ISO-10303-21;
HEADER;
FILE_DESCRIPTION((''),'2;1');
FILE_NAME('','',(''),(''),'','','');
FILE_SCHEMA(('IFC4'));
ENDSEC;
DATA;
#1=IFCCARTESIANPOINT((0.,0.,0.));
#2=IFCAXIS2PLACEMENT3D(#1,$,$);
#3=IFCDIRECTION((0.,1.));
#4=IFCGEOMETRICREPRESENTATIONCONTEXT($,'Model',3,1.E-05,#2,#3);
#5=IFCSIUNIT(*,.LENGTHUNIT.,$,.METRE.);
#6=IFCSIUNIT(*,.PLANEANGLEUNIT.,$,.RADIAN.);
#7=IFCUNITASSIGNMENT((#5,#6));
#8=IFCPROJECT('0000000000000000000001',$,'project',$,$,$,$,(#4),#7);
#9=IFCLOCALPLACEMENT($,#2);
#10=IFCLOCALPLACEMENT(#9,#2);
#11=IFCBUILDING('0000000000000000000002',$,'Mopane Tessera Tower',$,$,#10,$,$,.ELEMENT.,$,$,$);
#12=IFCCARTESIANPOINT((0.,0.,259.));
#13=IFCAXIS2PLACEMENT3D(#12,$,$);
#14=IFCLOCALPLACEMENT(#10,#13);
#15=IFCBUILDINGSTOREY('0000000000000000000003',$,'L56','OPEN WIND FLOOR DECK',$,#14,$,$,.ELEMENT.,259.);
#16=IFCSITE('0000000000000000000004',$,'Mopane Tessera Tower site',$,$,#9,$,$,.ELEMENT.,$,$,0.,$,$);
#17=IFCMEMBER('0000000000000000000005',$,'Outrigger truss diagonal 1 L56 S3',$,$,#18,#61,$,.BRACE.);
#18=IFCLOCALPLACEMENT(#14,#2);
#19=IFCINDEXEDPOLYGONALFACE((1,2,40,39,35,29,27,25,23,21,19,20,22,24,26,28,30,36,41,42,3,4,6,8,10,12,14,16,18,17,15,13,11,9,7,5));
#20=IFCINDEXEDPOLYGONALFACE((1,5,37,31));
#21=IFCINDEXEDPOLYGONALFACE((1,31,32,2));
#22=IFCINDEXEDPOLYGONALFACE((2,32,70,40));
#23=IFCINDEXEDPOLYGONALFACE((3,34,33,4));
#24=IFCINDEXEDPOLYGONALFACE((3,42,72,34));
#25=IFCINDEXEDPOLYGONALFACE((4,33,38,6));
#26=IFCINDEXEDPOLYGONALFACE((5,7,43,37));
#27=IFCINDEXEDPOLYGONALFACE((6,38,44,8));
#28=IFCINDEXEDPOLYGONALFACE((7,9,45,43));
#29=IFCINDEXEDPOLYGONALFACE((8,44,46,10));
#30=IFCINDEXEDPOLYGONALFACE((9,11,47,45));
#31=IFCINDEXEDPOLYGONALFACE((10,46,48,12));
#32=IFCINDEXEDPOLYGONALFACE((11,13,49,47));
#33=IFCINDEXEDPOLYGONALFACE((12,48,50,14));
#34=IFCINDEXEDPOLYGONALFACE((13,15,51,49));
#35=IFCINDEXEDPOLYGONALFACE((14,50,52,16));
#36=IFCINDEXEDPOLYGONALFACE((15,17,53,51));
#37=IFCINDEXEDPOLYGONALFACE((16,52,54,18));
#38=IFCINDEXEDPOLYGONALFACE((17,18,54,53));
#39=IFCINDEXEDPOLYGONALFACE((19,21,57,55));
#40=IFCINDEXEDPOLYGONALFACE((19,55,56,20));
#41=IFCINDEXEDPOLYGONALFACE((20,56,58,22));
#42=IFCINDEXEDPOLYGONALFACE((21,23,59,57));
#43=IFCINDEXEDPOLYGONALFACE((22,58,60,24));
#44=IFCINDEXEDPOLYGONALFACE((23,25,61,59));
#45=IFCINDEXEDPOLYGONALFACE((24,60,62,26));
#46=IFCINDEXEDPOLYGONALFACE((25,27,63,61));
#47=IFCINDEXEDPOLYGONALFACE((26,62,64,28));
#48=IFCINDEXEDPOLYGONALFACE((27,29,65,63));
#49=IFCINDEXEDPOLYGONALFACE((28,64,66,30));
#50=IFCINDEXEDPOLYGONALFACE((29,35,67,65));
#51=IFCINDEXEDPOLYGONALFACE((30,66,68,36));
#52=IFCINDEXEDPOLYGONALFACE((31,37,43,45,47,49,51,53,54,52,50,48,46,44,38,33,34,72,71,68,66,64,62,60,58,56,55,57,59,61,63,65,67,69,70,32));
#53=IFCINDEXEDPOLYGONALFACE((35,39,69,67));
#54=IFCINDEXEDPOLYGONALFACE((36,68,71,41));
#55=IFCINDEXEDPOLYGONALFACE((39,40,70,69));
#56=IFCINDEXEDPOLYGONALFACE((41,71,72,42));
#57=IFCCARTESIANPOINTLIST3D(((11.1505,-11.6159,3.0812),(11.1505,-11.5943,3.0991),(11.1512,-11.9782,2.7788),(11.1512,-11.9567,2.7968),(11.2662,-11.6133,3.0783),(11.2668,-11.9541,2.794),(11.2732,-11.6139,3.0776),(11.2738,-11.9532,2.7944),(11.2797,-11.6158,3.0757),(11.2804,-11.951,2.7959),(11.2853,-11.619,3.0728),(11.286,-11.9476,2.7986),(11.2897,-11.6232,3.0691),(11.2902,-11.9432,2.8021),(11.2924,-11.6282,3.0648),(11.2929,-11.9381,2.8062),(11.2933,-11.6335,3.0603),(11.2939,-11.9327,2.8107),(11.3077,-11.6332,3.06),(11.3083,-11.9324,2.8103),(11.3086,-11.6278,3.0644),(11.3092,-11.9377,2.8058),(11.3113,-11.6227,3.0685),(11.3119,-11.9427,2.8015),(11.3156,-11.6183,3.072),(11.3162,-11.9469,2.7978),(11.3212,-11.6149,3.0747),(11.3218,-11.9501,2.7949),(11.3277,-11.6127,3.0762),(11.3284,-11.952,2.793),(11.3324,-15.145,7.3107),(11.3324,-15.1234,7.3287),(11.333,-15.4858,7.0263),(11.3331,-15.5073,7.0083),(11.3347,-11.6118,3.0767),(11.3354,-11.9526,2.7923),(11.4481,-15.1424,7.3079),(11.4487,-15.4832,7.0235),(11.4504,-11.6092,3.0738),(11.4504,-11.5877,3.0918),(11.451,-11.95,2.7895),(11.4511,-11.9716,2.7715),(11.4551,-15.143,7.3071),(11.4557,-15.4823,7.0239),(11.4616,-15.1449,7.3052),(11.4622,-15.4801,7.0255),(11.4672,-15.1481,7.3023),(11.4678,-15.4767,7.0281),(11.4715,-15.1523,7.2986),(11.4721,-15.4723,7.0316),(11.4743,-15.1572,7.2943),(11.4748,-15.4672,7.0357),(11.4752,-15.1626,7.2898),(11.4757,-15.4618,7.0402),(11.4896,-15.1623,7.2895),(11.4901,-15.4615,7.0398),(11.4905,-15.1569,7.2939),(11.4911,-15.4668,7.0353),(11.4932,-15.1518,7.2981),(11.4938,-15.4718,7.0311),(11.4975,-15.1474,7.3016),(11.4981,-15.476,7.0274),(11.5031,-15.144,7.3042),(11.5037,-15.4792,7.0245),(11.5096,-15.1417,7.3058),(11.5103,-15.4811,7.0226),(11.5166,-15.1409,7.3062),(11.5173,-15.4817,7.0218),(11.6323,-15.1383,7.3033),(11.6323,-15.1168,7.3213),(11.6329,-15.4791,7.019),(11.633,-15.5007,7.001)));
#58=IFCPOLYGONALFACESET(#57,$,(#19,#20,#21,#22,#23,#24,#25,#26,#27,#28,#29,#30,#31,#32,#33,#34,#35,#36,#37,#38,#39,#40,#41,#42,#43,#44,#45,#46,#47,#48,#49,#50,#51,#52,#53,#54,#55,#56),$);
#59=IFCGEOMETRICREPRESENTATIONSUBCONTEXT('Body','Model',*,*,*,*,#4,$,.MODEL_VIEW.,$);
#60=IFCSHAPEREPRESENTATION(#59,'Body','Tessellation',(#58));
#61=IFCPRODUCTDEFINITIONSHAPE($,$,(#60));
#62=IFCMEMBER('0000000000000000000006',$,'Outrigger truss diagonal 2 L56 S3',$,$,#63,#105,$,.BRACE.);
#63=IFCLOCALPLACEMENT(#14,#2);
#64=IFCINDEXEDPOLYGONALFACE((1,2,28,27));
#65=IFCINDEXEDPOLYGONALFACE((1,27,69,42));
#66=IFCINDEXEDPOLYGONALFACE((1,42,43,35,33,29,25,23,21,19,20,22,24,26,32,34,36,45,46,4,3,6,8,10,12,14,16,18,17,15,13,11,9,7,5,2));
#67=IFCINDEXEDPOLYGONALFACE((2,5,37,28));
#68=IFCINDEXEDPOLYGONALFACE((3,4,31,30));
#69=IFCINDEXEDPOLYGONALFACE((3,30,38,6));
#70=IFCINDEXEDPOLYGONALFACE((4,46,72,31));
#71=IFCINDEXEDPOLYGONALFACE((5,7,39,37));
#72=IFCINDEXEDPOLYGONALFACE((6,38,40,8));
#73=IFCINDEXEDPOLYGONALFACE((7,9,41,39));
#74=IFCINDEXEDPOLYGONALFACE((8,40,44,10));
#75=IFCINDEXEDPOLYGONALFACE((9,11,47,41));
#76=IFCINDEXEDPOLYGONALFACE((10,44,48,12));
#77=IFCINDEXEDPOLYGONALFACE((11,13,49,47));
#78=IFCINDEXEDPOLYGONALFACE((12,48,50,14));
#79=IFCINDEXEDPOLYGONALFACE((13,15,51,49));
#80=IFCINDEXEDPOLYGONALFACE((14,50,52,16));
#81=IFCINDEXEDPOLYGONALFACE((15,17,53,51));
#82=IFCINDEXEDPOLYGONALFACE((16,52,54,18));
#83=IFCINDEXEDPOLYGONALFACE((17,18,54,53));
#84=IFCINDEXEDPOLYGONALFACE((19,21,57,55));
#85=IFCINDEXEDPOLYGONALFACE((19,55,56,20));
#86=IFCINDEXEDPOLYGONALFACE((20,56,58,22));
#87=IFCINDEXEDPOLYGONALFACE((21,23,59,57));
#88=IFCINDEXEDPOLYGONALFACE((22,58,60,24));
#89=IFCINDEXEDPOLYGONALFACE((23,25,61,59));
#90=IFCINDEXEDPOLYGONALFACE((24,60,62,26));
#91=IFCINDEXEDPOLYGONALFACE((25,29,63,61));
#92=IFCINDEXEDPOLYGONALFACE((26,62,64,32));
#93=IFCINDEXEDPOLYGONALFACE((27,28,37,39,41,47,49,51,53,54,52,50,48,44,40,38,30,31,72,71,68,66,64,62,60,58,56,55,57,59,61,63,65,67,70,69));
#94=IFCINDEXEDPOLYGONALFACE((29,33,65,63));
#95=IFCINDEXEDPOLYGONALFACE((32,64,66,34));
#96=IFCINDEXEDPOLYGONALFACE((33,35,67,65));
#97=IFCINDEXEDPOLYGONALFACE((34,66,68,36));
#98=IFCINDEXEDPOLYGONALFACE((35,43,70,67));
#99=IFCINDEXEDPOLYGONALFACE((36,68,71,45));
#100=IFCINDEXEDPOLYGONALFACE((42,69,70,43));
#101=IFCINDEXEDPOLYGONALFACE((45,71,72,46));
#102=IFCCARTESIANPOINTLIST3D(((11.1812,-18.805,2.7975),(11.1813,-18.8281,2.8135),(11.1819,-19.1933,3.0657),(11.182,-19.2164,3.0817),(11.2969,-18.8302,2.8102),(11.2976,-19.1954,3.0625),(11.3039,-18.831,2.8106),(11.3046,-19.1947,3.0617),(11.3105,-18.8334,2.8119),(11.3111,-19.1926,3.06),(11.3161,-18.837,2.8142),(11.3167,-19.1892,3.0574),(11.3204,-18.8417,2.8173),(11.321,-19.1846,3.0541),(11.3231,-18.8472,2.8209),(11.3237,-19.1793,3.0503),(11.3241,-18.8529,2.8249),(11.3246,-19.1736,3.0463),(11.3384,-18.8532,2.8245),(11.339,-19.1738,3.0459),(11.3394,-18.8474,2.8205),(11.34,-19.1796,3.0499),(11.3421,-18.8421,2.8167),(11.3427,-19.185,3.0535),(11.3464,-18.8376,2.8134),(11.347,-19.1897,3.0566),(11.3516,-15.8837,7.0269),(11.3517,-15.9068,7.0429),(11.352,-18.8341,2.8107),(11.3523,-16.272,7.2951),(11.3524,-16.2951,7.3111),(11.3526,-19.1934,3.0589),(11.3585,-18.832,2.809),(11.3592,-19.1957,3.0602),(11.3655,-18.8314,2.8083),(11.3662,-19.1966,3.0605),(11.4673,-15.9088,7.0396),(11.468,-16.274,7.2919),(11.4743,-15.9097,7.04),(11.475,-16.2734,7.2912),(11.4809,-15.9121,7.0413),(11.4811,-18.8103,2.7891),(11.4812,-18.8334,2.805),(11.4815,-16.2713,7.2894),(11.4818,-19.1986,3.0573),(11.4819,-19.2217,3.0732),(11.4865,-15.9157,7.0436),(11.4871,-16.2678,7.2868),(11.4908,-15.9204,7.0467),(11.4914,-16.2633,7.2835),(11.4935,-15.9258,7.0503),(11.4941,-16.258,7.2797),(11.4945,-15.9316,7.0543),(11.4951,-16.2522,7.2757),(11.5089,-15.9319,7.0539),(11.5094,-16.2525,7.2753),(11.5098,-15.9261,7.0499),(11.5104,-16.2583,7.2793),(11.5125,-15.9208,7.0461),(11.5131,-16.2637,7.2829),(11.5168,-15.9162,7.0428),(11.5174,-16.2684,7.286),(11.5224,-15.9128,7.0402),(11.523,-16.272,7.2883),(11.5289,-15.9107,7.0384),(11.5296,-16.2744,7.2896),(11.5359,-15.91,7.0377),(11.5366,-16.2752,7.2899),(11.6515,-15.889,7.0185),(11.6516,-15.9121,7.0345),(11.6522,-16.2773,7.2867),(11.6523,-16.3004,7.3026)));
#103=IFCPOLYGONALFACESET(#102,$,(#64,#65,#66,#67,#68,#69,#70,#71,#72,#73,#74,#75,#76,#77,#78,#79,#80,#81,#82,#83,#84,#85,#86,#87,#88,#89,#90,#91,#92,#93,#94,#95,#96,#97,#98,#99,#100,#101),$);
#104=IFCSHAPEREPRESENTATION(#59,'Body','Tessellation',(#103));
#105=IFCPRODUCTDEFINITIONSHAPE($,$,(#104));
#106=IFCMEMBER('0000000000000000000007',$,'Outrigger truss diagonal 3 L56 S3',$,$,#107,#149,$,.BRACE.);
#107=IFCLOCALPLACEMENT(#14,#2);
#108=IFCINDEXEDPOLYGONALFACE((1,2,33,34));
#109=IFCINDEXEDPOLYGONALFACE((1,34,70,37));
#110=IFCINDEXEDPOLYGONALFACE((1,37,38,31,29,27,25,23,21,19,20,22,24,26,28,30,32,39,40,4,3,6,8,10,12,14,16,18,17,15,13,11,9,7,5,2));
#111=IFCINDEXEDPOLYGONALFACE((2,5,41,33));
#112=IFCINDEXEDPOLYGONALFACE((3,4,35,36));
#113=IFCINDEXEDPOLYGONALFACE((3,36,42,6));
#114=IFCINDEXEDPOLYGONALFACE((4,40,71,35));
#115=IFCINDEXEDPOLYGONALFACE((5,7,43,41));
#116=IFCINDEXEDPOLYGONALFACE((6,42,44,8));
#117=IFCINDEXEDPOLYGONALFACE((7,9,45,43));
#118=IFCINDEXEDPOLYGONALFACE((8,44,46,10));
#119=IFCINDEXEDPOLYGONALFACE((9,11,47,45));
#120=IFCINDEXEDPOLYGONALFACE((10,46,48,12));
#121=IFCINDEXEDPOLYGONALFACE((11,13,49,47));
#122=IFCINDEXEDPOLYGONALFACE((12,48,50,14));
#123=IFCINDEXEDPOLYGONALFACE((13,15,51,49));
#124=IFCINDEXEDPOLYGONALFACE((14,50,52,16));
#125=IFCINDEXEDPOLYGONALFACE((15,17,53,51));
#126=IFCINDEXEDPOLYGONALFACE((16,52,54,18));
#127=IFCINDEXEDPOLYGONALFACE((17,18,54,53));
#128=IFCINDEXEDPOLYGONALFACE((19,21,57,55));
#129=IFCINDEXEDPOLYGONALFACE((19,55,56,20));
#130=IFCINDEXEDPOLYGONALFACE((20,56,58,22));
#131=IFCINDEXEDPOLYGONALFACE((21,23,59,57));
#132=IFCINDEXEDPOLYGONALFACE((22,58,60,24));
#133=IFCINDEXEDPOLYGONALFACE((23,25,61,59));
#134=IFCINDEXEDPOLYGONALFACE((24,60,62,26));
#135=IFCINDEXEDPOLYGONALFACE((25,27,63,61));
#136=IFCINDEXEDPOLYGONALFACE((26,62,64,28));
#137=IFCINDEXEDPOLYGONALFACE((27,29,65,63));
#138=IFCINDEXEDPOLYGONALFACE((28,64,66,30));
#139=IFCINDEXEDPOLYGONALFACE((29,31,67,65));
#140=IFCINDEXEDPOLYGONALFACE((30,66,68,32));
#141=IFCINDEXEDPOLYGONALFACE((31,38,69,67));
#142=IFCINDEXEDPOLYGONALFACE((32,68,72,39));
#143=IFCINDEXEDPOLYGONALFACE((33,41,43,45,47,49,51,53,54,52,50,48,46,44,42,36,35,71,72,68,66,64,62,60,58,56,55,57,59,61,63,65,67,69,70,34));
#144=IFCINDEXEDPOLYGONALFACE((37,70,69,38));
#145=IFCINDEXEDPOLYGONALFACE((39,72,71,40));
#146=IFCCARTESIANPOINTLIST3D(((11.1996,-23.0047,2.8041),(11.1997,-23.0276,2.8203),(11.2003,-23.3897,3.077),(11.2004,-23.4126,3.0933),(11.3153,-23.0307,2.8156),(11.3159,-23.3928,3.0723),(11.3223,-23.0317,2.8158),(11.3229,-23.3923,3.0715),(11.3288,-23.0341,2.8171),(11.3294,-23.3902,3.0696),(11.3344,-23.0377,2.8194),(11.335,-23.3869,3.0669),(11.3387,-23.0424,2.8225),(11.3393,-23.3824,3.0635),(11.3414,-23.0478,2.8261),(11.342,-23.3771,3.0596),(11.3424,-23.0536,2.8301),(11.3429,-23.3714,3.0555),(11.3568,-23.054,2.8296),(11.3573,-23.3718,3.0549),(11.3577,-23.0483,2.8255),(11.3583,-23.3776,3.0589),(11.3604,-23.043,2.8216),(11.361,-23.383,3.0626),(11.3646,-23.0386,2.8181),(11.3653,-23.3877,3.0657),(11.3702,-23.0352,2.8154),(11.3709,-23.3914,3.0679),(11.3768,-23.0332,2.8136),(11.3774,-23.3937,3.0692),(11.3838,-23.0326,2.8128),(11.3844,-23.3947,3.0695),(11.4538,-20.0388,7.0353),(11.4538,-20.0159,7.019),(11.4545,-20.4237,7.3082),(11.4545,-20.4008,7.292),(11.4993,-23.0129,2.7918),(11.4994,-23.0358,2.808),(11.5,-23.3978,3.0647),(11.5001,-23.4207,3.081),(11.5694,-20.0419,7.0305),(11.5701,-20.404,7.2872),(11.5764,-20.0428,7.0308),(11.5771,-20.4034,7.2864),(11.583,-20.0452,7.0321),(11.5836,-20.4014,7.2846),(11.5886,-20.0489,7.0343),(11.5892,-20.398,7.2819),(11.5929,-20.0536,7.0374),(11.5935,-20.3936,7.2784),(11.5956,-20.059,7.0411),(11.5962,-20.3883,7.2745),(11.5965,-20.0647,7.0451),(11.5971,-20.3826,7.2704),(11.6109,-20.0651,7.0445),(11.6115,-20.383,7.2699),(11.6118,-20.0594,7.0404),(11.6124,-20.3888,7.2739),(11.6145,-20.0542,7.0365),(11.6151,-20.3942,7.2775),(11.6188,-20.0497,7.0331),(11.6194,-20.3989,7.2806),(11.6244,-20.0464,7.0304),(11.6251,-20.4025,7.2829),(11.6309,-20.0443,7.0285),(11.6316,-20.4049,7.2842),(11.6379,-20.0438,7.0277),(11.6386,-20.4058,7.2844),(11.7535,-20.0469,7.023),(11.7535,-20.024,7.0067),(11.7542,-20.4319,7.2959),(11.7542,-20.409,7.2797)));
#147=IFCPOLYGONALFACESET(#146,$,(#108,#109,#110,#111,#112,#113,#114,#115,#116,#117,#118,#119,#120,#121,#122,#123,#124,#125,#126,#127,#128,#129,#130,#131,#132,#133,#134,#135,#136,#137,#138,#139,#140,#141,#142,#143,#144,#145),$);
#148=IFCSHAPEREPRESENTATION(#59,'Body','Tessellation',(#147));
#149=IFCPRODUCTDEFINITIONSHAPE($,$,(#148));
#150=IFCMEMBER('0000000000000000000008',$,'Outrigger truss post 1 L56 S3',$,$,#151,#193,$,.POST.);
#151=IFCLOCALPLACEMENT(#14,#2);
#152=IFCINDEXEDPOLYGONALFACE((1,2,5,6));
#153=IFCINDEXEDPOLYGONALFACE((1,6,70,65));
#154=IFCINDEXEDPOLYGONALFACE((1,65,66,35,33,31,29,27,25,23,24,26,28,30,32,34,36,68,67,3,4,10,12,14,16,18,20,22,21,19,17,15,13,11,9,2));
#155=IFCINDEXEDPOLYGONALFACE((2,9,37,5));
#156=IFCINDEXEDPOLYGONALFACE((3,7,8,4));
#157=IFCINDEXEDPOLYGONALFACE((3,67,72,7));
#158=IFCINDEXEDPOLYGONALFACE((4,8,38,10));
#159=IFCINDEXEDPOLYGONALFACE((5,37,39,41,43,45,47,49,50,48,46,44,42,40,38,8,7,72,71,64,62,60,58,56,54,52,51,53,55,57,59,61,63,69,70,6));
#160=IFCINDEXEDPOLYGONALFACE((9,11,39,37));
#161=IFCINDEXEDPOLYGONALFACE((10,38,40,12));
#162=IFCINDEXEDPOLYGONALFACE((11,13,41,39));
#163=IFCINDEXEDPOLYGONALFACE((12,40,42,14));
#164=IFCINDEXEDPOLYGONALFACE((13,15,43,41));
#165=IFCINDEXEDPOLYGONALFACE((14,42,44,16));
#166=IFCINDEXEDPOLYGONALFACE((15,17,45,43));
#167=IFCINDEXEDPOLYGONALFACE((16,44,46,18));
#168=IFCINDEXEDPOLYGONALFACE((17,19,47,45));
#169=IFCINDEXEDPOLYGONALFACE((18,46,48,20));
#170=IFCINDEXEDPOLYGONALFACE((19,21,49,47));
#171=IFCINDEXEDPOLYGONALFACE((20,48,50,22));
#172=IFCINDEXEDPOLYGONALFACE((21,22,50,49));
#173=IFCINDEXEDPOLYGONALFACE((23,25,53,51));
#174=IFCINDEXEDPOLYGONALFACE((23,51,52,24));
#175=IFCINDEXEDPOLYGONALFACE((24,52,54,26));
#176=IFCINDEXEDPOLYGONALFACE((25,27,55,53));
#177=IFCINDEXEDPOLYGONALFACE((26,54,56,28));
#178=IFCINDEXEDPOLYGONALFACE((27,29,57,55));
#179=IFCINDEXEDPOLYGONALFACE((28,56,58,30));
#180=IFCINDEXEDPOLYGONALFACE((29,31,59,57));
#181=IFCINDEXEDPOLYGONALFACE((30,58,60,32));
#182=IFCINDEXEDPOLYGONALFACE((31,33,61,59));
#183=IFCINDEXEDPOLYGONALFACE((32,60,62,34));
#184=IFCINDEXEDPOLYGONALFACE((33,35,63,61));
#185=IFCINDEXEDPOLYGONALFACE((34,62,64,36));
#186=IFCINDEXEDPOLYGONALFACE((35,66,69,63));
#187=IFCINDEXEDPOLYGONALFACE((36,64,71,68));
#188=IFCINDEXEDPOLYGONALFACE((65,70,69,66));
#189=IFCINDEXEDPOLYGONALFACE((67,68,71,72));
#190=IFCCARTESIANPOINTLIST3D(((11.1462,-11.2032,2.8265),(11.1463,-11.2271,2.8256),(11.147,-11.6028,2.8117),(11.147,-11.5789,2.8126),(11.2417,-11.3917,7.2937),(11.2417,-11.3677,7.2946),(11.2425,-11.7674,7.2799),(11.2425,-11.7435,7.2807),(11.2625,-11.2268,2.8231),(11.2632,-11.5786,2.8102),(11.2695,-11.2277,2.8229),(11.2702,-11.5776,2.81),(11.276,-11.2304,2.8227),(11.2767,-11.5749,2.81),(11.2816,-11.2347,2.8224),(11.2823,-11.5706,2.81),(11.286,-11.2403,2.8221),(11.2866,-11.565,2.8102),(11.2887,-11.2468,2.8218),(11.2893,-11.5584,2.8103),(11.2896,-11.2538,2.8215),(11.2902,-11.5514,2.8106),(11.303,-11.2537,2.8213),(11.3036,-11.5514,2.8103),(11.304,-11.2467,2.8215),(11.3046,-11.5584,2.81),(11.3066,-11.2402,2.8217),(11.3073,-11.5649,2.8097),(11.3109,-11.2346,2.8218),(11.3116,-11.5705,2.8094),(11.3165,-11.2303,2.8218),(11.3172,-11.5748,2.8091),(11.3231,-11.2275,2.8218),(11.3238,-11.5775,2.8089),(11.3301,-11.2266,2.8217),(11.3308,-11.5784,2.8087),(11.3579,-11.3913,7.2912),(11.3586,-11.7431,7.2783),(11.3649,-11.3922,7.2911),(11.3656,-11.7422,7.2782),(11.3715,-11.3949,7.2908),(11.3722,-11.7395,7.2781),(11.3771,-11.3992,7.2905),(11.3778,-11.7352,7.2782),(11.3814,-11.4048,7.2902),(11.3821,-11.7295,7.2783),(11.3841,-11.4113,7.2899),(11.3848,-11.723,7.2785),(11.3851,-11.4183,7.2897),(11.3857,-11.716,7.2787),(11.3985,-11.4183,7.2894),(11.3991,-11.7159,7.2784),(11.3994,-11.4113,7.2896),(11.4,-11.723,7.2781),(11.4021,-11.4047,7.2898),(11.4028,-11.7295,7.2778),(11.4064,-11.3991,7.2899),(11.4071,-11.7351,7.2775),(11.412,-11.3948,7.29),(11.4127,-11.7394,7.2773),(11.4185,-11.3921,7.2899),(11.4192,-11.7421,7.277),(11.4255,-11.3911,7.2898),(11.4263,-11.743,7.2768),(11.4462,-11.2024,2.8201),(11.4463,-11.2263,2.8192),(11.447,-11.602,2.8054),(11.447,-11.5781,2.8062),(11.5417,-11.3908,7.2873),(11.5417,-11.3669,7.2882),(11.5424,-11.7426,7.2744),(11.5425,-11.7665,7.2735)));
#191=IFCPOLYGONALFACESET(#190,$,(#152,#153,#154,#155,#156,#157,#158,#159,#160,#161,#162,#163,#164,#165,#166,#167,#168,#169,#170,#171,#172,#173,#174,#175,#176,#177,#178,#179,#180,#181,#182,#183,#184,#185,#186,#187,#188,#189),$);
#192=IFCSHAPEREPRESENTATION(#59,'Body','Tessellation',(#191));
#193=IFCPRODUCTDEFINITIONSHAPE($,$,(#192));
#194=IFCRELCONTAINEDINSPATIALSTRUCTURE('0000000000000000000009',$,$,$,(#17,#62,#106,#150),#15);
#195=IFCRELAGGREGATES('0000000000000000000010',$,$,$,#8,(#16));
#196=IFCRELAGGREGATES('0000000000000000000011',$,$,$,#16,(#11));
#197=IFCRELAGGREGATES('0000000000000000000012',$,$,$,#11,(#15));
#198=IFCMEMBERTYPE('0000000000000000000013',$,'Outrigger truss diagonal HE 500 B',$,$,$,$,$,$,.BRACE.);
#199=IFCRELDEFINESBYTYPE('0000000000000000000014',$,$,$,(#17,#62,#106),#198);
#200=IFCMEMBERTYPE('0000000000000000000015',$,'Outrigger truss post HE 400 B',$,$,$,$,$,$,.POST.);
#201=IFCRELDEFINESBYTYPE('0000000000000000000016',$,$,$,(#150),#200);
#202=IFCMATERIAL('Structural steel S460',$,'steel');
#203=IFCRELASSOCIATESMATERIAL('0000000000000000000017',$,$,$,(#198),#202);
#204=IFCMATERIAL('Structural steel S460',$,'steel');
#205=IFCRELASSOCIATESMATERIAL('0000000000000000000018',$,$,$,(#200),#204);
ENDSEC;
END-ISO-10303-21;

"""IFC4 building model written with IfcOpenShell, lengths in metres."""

from ifc_helpers import new_model, si_unit, direction, frame, origin, origin_2d, place, context, subcontext, project, spatial, i_section, extrude, material, material_profile, profile_set, type_object, element, save


model = new_model("IFC4")

# Units and contexts
model_context = context("Model", 3, precision=1e-05, world=origin(), true_north=direction((0.0, 1.0)))
body_context = subcontext(model_context, "Body", "Model", "MODEL_VIEW")
ifc_project = project(units=[si_unit("LENGTHUNIT", "METRE"), si_unit("PLANEANGLEUNIT", "RADIAN")], contexts=[model_context])

# Site, building, storey
site_placement = place(None, origin())
site = spatial("IfcSite", under=ifc_project, at=site_placement, Name="Mopane Tessera Tower site", CompositionType="ELEMENT", RefElevation=0.0)
building_placement = place(site_placement, origin())
building = spatial("IfcBuilding", under=site, at=building_placement, Name="Mopane Tessera Tower", CompositionType="ELEMENT")
storey_placement = place(building_placement, frame((0.0, 0.0, 259.0)))
storey = spatial("IfcBuildingStorey", under=building, at=storey_placement, Name="L56", Description="OPEN WIND FLOOR DECK", CompositionType="ELEMENT", Elevation=259.0)

# Members
ifc_material_1 = material(Name="Structural steel S460", Category="steel")
ifc_material_profile_1 = material_profile(ifc_material_1, i_section(OverallWidth=0.3, OverallDepth=0.5, WebThickness=0.0144, FlangeThickness=0.0281, FilletRadius=0.0271, at=origin_2d()))
ifc_profile_set_1 = profile_set([ifc_material_profile_1], Name="Structural steel S460")
member_type_1 = type_object("IfcMemberType", Name="Outrigger truss diagonal HE 500 B", PredefinedType="BRACE", material=ifc_profile_set_1)
member_1_placement = place(storey_placement, frame((11.3008, -11.783, 2.9353), z_axis=(0.033001, -0.640315, 0.767403), x_axis=(0.999454, 0.022232, -0.02443)))
element("IfcMember", 1, at=member_1_placement, inside=storey, type_object=member_type_1, Name="Outrigger truss diagonal 1 L56 S3", PredefinedType="BRACE", context=body_context, shape_type="SweptSolid", body=[
    extrude(i_section(OverallWidth=0.3, OverallDepth=0.5, WebThickness=0.0144, FlangeThickness=0.0281, FilletRadius=0.0271, at=origin_2d()), origin(), (0.0, 0.0, 1.0), 5.5115),
])
member_2_placement = place(storey_placement, frame((11.502, -16.092, 7.1648), z_axis=(-0.033133, -0.568013, -0.822352), x_axis=(0.99945, -0.01758, -0.028126)))
element("IfcMember", 2, at=member_2_placement, inside=storey, type_object=member_type_1, Name="Outrigger truss diagonal 2 L56 S3", PredefinedType="BRACE", context=body_context, shape_type="SweptSolid", body=[
    extrude(i_section(OverallWidth=0.3, OverallDepth=0.5, WebThickness=0.0144, FlangeThickness=0.0281, FilletRadius=0.0271, at=origin_2d()), origin(), (0.0, 0.0, 1.0), 5.1431),
])
member_3_placement = place(storey_placement, frame((11.604, -20.2239, 7.1575), z_axis=(-0.049128, -0.577738, -0.814742), x_axis=(0.998791, -0.027198, -0.04094)))
element("IfcMember", 3, at=member_3_placement, inside=storey, type_object=member_type_1, Name="Outrigger truss diagonal 3 L56 S3", PredefinedType="BRACE", context=body_context, shape_type="SweptSolid", body=[
    extrude(i_section(OverallWidth=0.3, OverallDepth=0.5, WebThickness=0.0144, FlangeThickness=0.0281, FilletRadius=0.0271, at=origin_2d()), origin(), (0.0, 0.0, 1.0), 5.1733),
])
ifc_material_2 = material(Name="Structural steel S460", Category="steel")
ifc_material_profile_2 = material_profile(ifc_material_2, i_section(OverallWidth=0.3, OverallDepth=0.3999, WebThickness=0.0134, FlangeThickness=0.0239, FilletRadius=0.0271, at=origin_2d()))
ifc_profile_set_2 = profile_set([ifc_material_profile_2], Name="Structural steel S460")
member_type_2 = type_object("IfcMemberType", Name="Outrigger truss post HE 400 B", PredefinedType="POST", material=ifc_profile_set_2)
member_4_placement = place(storey_placement, frame((11.2966, -11.4026, 2.8159), z_axis=(0.021346, -0.036795, 0.999095), x_axis=(0.99977, 0.002787, -0.021257)))
element("IfcMember", 4, at=member_4_placement, inside=storey, type_object=member_type_2, Name="Outrigger truss post 1 L56 S3", PredefinedType="POST", context=body_context, shape_type="SweptSolid", body=[
    extrude(i_section(OverallWidth=0.3, OverallDepth=0.3999, WebThickness=0.0134, FlangeThickness=0.0239, FilletRadius=0.0271, at=origin_2d()), origin(), (0.0, 0.0, 1.0), 4.4722),
])

save(model, "model.ifc")
